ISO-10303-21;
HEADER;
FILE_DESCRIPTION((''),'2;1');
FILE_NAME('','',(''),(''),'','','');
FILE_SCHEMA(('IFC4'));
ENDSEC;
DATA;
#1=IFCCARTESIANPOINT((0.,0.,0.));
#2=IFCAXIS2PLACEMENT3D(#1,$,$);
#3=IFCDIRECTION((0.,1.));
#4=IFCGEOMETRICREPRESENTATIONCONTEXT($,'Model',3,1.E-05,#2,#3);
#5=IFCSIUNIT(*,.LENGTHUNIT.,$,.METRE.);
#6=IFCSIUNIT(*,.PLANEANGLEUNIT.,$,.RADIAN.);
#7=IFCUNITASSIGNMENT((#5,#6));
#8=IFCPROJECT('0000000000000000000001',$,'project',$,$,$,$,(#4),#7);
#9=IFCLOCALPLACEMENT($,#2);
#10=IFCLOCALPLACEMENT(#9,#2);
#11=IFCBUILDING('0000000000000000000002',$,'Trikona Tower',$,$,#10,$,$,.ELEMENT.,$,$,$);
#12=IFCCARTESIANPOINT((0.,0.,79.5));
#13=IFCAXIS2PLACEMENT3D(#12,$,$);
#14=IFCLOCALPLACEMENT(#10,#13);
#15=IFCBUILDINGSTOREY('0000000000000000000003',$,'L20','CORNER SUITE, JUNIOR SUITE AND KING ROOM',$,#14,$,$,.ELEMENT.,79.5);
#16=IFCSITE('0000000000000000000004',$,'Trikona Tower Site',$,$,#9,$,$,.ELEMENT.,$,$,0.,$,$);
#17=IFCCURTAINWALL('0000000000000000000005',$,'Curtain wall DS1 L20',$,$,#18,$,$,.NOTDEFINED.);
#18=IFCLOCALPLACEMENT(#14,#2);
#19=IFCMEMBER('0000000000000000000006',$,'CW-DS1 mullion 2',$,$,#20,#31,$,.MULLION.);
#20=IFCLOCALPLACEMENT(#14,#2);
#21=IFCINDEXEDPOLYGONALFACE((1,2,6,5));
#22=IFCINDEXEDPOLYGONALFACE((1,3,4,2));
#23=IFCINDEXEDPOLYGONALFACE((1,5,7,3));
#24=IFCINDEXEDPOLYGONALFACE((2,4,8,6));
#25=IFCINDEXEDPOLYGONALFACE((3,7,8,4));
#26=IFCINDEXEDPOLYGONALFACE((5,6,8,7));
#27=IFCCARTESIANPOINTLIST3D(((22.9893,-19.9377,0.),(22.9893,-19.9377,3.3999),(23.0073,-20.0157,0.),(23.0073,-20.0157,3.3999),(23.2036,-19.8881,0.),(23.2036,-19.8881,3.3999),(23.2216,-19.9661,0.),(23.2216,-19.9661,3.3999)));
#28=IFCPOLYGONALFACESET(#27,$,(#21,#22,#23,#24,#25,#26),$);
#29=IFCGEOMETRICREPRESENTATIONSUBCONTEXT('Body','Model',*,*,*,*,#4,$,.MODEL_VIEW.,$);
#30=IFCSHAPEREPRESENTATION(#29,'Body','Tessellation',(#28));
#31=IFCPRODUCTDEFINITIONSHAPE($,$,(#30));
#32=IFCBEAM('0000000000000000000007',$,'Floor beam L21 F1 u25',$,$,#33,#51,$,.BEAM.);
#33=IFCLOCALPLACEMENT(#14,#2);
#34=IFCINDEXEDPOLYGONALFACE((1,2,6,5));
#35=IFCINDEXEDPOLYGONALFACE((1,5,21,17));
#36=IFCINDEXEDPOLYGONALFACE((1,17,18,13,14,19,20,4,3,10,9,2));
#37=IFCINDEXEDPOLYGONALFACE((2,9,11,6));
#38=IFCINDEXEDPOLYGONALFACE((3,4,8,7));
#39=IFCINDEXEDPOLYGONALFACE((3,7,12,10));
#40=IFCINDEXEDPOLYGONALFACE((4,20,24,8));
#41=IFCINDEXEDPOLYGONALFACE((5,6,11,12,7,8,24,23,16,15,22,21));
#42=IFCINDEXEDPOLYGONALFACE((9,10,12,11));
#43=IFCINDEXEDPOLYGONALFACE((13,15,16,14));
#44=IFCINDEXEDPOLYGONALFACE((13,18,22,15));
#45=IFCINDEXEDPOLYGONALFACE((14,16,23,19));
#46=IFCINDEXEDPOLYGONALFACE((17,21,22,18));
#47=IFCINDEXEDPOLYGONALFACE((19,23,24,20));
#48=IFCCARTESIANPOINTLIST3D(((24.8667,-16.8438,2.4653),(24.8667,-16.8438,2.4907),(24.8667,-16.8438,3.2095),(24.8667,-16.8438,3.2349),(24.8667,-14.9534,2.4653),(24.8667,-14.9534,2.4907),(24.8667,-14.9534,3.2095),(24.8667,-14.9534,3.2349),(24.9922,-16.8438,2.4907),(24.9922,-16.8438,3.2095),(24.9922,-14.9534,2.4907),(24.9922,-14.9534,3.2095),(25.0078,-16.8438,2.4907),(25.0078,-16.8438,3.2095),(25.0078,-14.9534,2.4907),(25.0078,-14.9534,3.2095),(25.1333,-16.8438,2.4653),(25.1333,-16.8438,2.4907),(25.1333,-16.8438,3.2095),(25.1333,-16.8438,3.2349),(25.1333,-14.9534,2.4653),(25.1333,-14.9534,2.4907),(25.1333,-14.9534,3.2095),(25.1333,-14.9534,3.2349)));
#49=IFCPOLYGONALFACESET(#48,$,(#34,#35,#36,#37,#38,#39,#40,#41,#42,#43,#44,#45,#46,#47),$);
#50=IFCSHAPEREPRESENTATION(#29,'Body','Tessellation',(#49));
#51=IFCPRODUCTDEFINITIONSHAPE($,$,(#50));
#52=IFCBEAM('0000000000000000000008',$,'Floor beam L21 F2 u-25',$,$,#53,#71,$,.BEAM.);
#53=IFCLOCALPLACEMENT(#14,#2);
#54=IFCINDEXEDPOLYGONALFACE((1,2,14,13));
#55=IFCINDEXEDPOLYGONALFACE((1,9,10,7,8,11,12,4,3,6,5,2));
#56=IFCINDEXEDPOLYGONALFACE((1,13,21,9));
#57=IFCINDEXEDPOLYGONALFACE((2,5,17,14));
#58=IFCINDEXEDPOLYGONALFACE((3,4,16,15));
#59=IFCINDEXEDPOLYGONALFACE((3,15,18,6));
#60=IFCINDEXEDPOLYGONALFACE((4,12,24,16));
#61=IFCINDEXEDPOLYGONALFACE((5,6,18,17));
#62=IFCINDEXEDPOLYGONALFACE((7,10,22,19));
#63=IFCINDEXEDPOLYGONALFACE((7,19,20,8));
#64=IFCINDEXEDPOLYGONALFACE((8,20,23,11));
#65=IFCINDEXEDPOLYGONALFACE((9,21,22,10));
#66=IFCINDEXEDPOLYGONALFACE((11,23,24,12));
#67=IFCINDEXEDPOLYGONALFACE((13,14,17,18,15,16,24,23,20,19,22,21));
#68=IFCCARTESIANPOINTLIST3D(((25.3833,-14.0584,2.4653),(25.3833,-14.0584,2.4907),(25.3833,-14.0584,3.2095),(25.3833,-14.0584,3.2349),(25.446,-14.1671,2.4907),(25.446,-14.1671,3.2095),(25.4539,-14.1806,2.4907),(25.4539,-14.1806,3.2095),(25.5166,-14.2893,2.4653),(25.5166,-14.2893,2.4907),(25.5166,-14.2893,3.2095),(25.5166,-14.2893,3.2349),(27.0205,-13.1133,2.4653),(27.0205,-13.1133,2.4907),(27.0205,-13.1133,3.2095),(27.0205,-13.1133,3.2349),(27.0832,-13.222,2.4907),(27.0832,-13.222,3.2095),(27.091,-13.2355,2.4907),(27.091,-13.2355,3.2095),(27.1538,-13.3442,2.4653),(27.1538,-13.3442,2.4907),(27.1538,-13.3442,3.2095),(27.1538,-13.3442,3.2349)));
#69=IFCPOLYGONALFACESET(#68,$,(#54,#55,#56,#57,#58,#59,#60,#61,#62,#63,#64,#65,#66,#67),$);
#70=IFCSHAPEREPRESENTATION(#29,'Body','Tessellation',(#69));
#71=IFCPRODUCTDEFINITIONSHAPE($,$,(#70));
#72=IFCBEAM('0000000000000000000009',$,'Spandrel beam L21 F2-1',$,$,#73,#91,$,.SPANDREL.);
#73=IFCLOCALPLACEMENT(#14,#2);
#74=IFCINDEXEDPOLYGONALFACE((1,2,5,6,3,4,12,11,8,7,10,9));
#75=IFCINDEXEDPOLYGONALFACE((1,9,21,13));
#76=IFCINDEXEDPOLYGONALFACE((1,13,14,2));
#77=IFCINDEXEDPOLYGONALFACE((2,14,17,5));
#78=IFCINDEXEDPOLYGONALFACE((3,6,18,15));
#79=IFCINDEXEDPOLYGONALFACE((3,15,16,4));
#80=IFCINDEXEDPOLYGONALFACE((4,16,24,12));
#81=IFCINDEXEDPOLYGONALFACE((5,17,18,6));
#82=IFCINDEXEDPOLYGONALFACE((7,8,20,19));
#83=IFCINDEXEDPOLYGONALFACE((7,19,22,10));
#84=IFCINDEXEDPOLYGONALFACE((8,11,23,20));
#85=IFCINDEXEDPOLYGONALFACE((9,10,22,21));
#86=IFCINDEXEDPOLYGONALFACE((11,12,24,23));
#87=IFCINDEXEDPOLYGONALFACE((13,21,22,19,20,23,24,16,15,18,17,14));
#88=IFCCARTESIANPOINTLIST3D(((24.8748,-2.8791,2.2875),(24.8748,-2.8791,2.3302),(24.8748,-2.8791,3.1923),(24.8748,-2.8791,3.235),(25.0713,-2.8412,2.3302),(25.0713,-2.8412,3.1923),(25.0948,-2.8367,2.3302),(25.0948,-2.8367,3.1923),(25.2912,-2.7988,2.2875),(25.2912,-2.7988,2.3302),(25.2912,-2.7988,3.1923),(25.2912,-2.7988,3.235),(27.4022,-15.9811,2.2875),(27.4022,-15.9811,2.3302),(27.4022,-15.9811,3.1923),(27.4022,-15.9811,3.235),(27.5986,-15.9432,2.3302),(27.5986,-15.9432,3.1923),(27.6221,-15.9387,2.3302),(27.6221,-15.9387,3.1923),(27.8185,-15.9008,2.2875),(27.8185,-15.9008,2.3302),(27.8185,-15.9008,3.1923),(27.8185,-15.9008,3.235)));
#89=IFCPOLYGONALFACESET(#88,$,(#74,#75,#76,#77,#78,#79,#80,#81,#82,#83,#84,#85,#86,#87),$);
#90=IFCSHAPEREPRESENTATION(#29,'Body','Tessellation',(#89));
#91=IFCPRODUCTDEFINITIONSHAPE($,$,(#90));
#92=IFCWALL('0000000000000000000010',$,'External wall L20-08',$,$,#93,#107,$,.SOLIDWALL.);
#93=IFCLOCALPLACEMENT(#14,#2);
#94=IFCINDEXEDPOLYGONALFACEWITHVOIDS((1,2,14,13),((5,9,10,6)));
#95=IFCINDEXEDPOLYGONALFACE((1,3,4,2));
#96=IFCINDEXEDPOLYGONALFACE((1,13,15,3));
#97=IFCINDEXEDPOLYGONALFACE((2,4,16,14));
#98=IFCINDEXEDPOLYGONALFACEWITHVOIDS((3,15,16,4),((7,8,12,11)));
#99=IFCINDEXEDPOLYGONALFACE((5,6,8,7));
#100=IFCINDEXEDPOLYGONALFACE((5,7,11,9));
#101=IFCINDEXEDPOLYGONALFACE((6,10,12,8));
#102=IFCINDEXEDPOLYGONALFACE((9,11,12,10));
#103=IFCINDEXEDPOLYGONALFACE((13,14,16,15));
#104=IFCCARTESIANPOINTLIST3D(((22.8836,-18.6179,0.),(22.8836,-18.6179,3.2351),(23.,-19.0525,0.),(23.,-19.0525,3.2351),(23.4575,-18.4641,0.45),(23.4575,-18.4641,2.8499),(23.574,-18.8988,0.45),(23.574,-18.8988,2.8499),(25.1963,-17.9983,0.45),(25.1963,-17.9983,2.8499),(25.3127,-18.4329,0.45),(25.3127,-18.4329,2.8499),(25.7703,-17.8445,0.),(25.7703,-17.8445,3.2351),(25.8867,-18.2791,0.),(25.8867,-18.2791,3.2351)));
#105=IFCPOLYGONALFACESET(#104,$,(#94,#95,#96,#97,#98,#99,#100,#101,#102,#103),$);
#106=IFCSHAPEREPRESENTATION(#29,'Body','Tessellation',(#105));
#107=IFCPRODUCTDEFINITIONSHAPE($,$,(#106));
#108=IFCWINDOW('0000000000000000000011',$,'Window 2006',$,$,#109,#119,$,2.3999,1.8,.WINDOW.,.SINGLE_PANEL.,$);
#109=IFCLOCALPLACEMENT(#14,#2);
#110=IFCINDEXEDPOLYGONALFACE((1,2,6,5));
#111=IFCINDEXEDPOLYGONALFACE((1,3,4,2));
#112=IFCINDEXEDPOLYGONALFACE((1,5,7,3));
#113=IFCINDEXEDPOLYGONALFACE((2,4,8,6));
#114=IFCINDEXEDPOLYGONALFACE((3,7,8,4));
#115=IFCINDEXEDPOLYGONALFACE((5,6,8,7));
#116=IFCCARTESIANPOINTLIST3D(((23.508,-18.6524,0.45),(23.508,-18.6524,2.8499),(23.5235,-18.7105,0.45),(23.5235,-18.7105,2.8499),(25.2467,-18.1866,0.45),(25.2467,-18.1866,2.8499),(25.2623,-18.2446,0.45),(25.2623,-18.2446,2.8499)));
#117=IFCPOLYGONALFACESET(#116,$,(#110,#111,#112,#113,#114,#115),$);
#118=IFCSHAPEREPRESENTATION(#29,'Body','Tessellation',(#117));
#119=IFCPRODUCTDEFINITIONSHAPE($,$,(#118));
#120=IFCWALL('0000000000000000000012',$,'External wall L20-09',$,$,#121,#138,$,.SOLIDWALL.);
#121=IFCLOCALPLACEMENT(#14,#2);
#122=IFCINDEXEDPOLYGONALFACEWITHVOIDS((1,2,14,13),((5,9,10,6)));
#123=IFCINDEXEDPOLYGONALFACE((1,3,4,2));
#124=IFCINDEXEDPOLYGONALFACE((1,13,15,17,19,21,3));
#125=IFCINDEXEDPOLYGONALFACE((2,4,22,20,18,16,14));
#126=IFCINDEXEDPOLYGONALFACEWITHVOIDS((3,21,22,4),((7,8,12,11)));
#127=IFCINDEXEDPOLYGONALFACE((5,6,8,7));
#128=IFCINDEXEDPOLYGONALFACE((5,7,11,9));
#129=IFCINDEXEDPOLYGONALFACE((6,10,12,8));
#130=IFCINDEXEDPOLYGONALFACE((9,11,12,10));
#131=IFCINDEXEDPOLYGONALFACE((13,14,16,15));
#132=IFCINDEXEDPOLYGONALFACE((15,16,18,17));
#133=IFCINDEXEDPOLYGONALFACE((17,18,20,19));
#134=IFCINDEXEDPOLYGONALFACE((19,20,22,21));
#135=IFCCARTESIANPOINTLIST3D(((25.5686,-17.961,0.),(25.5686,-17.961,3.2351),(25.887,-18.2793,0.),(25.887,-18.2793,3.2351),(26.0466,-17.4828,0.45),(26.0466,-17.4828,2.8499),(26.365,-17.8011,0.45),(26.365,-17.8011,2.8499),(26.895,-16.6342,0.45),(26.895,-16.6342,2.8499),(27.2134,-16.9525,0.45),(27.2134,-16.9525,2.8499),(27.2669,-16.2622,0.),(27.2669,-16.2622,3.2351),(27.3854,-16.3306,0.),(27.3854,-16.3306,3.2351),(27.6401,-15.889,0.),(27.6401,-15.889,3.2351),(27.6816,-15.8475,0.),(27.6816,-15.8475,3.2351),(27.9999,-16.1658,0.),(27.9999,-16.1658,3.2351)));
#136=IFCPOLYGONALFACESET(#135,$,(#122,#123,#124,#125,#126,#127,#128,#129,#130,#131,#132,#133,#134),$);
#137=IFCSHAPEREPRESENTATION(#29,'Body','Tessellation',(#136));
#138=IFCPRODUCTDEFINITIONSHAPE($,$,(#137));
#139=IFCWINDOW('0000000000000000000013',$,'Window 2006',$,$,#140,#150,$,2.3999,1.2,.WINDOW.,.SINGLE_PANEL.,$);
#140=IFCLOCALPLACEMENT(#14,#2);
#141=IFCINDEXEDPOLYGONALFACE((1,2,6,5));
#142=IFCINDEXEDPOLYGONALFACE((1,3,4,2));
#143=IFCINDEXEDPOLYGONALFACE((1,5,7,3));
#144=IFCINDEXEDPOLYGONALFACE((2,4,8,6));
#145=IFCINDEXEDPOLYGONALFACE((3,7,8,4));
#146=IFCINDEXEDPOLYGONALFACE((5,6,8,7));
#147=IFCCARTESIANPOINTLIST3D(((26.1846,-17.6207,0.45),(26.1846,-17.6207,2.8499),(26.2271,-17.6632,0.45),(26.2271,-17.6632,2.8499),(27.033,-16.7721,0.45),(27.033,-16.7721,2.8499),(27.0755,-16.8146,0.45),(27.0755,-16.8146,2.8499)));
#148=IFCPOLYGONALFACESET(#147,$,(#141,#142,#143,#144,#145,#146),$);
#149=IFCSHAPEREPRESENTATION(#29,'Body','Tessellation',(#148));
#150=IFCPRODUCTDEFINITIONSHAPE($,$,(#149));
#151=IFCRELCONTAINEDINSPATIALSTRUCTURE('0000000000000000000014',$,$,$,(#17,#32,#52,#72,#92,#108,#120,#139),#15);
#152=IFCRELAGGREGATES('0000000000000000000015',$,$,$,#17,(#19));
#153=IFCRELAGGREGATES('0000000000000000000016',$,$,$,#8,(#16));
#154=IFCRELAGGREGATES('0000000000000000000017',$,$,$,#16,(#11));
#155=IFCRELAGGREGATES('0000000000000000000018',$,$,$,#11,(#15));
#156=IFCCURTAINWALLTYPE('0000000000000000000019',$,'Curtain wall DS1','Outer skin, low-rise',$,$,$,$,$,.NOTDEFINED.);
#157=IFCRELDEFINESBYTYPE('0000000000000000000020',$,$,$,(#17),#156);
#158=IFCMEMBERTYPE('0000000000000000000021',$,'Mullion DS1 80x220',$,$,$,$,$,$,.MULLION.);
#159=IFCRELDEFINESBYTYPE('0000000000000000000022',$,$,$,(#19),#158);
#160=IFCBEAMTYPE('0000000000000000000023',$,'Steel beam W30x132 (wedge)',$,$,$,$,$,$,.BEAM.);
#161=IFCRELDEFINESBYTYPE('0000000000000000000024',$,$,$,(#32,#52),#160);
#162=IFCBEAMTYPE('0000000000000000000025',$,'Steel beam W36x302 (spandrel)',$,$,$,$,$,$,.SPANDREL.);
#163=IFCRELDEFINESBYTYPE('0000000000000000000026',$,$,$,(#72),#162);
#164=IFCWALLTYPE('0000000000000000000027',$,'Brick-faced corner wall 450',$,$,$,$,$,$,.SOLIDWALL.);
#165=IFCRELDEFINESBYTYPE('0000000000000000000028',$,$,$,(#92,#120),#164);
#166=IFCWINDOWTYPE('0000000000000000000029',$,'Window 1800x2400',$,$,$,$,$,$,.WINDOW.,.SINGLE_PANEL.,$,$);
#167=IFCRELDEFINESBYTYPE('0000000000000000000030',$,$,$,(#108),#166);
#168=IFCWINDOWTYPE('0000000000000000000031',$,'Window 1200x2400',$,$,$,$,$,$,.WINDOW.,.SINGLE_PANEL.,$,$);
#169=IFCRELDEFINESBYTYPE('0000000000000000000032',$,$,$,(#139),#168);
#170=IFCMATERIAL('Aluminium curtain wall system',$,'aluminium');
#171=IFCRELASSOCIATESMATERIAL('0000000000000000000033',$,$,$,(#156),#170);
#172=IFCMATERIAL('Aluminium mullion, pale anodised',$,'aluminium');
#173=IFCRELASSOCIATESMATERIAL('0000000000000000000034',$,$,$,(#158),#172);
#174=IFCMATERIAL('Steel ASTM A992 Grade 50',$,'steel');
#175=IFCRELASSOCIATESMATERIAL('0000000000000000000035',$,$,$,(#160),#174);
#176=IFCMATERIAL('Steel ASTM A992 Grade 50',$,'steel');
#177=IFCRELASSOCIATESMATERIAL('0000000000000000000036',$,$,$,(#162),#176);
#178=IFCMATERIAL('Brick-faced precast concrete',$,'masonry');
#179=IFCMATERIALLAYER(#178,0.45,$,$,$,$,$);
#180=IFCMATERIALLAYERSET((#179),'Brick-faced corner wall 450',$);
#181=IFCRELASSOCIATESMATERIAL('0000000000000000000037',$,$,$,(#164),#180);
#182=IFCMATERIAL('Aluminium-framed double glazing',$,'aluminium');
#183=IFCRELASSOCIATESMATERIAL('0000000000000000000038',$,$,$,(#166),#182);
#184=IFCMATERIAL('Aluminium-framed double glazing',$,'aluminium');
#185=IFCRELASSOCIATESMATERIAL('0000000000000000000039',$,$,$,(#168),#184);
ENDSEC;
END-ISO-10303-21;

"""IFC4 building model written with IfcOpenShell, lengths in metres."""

from ifc_helpers import new_model, si_unit, direction, frame, frame_2d, origin, origin_2d, place, context, subcontext, project, spatial, polyline, rectangle, i_section, outline, extrude, material, layer, layer_set, material_profile, profile_set, type_object, element, fill, aggregate, save


model = new_model("IFC4")

# Units and contexts
model_context = context("Model", 3, precision=1e-05, world=origin(), true_north=direction((0.0, 1.0)))
body_context = subcontext(model_context, "Body", "Model", "MODEL_VIEW")
ifc_project = project(units=[si_unit("LENGTHUNIT", "METRE"), si_unit("PLANEANGLEUNIT", "RADIAN")], contexts=[model_context])

# Site, building, storey
site_placement = place(None, origin())
site = spatial("IfcSite", under=ifc_project, at=site_placement, Name="Trikona Tower Site", CompositionType="ELEMENT", RefElevation=0.0)
building_placement = place(site_placement, origin())
building = spatial("IfcBuilding", under=site, at=building_placement, Name="Trikona Tower", CompositionType="ELEMENT")
storey_placement = place(building_placement, frame((0.0, 0.0, 79.5)))
storey = spatial("IfcBuildingStorey", under=building, at=storey_placement, Name="L20", Description="CORNER SUITE, JUNIOR SUITE AND KING ROOM", CompositionType="ELEMENT", Elevation=79.5)

# Curtain wall, member
ifc_material_1 = material(Name="Aluminium curtain wall system", Category="aluminium")
curtain_wall_type = type_object("IfcCurtainWallType", Name="Curtain wall DS1", Description="Outer skin, low-rise", PredefinedType="NOTDEFINED", material=ifc_material_1)
curtain_wall_placement = place(storey_placement, origin())
curtain_wall = element("IfcCurtainWall", 1, at=curtain_wall_placement, inside=storey, type_object=curtain_wall_type, Name="Curtain wall DS1 L20", PredefinedType="NOTDEFINED")
ifc_material_2 = material(Name="Aluminium mullion, pale anodised", Category="aluminium")
ifc_material_profile_1 = material_profile(ifc_material_2, rectangle(XDim=0.0801, YDim=0.22, at=origin_2d()), Name="MUL-DS1")
ifc_profile_set_1 = profile_set([ifc_material_profile_1], Name="Aluminium mullion, pale anodised")
member_type = type_object("IfcMemberType", Name="Mullion DS1 80x220", PredefinedType="MULLION", material=ifc_profile_set_1)
member_placement = place(storey_placement, frame((23.1055, -19.9519, 0.0), z_axis=(0.0, 0.0, 1.0), x_axis=(-0.225343, 0.974279, 0.0)))
member = element("IfcMember", 2, at=member_placement, type_object=member_type, Name="CW-DS1 mullion 2", PredefinedType="MULLION", context=body_context, shape_type="SweptSolid", body=[
    extrude(rectangle(XDim=0.0801, YDim=0.22, at=origin_2d()), origin(), (0.0, 0.0, 1.0), 3.3999),
])
aggregate(curtain_wall, [member])

# Beams
ifc_material_3 = material(Name="Steel ASTM A992 Grade 50", Category="steel")
ifc_material_profile_2 = material_profile(ifc_material_3, i_section(OverallWidth=0.2666, OverallDepth=0.7695, WebThickness=0.0156, FlangeThickness=0.0254, at=origin_2d()), Name="W30X132")
ifc_profile_set_2 = profile_set([ifc_material_profile_2], Name="Steel ASTM A992 Grade 50")
beam_type_1 = type_object("IfcBeamType", Name="Steel beam W30x132 (wedge)", PredefinedType="BEAM", material=ifc_profile_set_2)
for number, where, z_axis, x_axis, name in (
    (3, (25.0, -14.9534, 2.8501), (0.0, -1.0, 0.0), (1.0, 0.0, 0.0), "Floor beam L21 F1 u25"),
    (4, (25.45, -14.1738, 2.8501), (0.866065, 0.499931, 0.0), (-0.499931, 0.866065, 0.0), "Floor beam L21 F2 u-25"),
):
    element("IfcBeam", number, at=place(storey_placement, frame(where, z_axis=z_axis, x_axis=x_axis)), inside=storey, type_object=beam_type_1, Name=name, PredefinedType="BEAM", context=body_context, shape_type="SweptSolid", body=[
        extrude(i_section(OverallWidth=0.2666, OverallDepth=0.7695, WebThickness=0.0156, FlangeThickness=0.0254, at=origin_2d()), origin(), (0.0, 0.0, 1.0), 1.8904),
    ])
ifc_material_4 = material(Name="Steel ASTM A992 Grade 50", Category="steel")
ifc_material_profile_3 = material_profile(ifc_material_4, i_section(OverallWidth=0.4241, OverallDepth=0.9475, WebThickness=0.0239, FlangeThickness=0.0427, at=origin_2d()), Name="W36X302")
ifc_profile_set_3 = profile_set([ifc_material_profile_3], Name="Steel ASTM A992 Grade 50")
beam_type_2 = type_object("IfcBeamType", Name="Steel beam W36x302 (spandrel)", PredefinedType="SPANDREL", material=ifc_profile_set_3)
beam_placement = place(storey_placement, frame((27.6104, -15.9409, 2.7612), z_axis=(-0.189405, 0.981899, 0.0), x_axis=(-0.981899, -0.189405, 0.0)))
element("IfcBeam", 5, at=beam_placement, inside=storey, type_object=beam_type_2, Name="Spandrel beam L21 F2-1", PredefinedType="SPANDREL", context=body_context, shape_type="SweptSolid", body=[
    extrude(i_section(OverallWidth=0.4241, OverallDepth=0.9475, WebThickness=0.0239, FlangeThickness=0.0427, at=origin_2d()), origin(), (0.0, 0.0, 1.0), 13.3435),
])

# Walls, openings, windows
ifc_material_5 = material(Name="Brick-faced precast concrete", Category="masonry")
ifc_layer_1 = layer(ifc_material_5, 0.45)
ifc_layer_set_1 = layer_set([ifc_layer_1], Name="Brick-faced corner wall 450")
wall_type_1 = type_object("IfcWallType", Name="Brick-faced corner wall 450", PredefinedType="SOLIDWALL", material=ifc_layer_set_1)
wall_1_placement = place(storey_placement, frame((22.9419, -18.8352, 0.0), z_axis=(0.0, 0.0, 1.0), x_axis=(0.965931, 0.258801, 0.0)))
wall_1 = element("IfcWall", 6, at=wall_1_placement, inside=storey, type_object=wall_type_1, Name="External wall L20-08", PredefinedType="SOLIDWALL", context=body_context, shape_type="SweptSolid", body=[
    extrude(rectangle(XDim=2.9885, YDim=0.45, at=frame_2d((1.4941, 0.0))), origin(), (0.0, 0.0, 1.0), 3.2351),
])
opening_1_placement = place(wall_1_placement, frame((0.5942, 0.0, 0.45)))
opening_1 = element("IfcOpeningElement", 7, at=opening_1_placement, cuts=wall_1, PredefinedType="OPENING", context=body_context, shape_type="SweptSolid", body=[
    extrude(rectangle(XDim=1.8, YDim=2.3999, at=frame_2d((0.8999, 1.2))), frame((0.0, 0.2349, 0.0), z_axis=(0.0, -1.0, 0.0), x_axis=(1.0, 0.0, 0.0)), (0.0, 0.0, 1.0), 0.47),
])
ifc_material_6 = material(Name="Aluminium-framed double glazing", Category="aluminium")
window_type_1 = type_object("IfcWindowType", Name="Window 1800x2400", PartitioningType="SINGLE_PANEL", PredefinedType="WINDOW", material=ifc_material_6)
window_1_placement = place(opening_1_placement, origin())
window_1 = element("IfcWindow", 8, at=window_1_placement, inside=storey, type_object=window_type_1, Name="Window 2006", OverallHeight=2.3999, OverallWidth=1.8, PartitioningType="SINGLE_PANEL", PredefinedType="WINDOW", context=body_context, shape_type="SweptSolid", body=[
    extrude(rectangle(XDim=1.8, YDim=2.3999, at=frame_2d((0.8999, 1.2))), frame((0.0, 0.03, 0.0), z_axis=(0.0, -1.0, 0.0), x_axis=(1.0, 0.0, 0.0)), (0.0, 0.0, 1.0), 0.0601),
])
fill(opening_1, window_1)
wall_2_placement = place(storey_placement, frame((25.7278, -18.1201, 0.0), z_axis=(0.0, 0.0, 1.0), x_axis=(0.707025, 0.707188, 0.0)))
wall_2 = element("IfcWall", 9, at=wall_2_placement, inside=storey, type_object=wall_type_1, Name="External wall L20-09", PredefinedType="SOLIDWALL", context=body_context, shape_type="SweptSolid", body=[
    extrude(outline(polyline([(2.9885, 0.2251), (2.9299, 0.2251), (2.4375, 0.093), (2.4021, 0.2251), (0.0, 0.2251), (0.0, -0.2251), (2.9885, -0.2251), (2.9885, 0.2251)])), origin(), (0.0, 0.0, 1.0), 3.2351),
])
opening_2_placement = place(wall_2_placement, frame((0.676, 0.0, 0.45)))
opening_2 = element("IfcOpeningElement", 10, at=opening_2_placement, cuts=wall_2, PredefinedType="OPENING", context=body_context, shape_type="SweptSolid", body=[
    extrude(rectangle(XDim=1.2, YDim=2.3999, at=frame_2d((0.6001, 1.2))), frame((0.0, 0.2349, 0.0), z_axis=(0.0, -1.0, 0.0), x_axis=(1.0, 0.0, 0.0)), (0.0, 0.0, 1.0), 0.47),
])
ifc_material_7 = material(Name="Aluminium-framed double glazing", Category="aluminium")
window_type_2 = type_object("IfcWindowType", Name="Window 1200x2400", PartitioningType="SINGLE_PANEL", PredefinedType="WINDOW", material=ifc_material_7)
window_2_placement = place(opening_2_placement, origin())
window_2 = element("IfcWindow", 11, at=window_2_placement, inside=storey, type_object=window_type_2, Name="Window 2006", OverallHeight=2.3999, OverallWidth=1.2, PartitioningType="SINGLE_PANEL", PredefinedType="WINDOW", context=body_context, shape_type="SweptSolid", body=[
    extrude(rectangle(XDim=1.2, YDim=2.3999, at=frame_2d((0.6001, 1.2))), frame((0.0, 0.03, 0.0), z_axis=(0.0, -1.0, 0.0), x_axis=(1.0, 0.0, 0.0)), (0.0, 0.0, 1.0), 0.0601),
])
fill(opening_2, window_2)

save(model, "model.ifc")
